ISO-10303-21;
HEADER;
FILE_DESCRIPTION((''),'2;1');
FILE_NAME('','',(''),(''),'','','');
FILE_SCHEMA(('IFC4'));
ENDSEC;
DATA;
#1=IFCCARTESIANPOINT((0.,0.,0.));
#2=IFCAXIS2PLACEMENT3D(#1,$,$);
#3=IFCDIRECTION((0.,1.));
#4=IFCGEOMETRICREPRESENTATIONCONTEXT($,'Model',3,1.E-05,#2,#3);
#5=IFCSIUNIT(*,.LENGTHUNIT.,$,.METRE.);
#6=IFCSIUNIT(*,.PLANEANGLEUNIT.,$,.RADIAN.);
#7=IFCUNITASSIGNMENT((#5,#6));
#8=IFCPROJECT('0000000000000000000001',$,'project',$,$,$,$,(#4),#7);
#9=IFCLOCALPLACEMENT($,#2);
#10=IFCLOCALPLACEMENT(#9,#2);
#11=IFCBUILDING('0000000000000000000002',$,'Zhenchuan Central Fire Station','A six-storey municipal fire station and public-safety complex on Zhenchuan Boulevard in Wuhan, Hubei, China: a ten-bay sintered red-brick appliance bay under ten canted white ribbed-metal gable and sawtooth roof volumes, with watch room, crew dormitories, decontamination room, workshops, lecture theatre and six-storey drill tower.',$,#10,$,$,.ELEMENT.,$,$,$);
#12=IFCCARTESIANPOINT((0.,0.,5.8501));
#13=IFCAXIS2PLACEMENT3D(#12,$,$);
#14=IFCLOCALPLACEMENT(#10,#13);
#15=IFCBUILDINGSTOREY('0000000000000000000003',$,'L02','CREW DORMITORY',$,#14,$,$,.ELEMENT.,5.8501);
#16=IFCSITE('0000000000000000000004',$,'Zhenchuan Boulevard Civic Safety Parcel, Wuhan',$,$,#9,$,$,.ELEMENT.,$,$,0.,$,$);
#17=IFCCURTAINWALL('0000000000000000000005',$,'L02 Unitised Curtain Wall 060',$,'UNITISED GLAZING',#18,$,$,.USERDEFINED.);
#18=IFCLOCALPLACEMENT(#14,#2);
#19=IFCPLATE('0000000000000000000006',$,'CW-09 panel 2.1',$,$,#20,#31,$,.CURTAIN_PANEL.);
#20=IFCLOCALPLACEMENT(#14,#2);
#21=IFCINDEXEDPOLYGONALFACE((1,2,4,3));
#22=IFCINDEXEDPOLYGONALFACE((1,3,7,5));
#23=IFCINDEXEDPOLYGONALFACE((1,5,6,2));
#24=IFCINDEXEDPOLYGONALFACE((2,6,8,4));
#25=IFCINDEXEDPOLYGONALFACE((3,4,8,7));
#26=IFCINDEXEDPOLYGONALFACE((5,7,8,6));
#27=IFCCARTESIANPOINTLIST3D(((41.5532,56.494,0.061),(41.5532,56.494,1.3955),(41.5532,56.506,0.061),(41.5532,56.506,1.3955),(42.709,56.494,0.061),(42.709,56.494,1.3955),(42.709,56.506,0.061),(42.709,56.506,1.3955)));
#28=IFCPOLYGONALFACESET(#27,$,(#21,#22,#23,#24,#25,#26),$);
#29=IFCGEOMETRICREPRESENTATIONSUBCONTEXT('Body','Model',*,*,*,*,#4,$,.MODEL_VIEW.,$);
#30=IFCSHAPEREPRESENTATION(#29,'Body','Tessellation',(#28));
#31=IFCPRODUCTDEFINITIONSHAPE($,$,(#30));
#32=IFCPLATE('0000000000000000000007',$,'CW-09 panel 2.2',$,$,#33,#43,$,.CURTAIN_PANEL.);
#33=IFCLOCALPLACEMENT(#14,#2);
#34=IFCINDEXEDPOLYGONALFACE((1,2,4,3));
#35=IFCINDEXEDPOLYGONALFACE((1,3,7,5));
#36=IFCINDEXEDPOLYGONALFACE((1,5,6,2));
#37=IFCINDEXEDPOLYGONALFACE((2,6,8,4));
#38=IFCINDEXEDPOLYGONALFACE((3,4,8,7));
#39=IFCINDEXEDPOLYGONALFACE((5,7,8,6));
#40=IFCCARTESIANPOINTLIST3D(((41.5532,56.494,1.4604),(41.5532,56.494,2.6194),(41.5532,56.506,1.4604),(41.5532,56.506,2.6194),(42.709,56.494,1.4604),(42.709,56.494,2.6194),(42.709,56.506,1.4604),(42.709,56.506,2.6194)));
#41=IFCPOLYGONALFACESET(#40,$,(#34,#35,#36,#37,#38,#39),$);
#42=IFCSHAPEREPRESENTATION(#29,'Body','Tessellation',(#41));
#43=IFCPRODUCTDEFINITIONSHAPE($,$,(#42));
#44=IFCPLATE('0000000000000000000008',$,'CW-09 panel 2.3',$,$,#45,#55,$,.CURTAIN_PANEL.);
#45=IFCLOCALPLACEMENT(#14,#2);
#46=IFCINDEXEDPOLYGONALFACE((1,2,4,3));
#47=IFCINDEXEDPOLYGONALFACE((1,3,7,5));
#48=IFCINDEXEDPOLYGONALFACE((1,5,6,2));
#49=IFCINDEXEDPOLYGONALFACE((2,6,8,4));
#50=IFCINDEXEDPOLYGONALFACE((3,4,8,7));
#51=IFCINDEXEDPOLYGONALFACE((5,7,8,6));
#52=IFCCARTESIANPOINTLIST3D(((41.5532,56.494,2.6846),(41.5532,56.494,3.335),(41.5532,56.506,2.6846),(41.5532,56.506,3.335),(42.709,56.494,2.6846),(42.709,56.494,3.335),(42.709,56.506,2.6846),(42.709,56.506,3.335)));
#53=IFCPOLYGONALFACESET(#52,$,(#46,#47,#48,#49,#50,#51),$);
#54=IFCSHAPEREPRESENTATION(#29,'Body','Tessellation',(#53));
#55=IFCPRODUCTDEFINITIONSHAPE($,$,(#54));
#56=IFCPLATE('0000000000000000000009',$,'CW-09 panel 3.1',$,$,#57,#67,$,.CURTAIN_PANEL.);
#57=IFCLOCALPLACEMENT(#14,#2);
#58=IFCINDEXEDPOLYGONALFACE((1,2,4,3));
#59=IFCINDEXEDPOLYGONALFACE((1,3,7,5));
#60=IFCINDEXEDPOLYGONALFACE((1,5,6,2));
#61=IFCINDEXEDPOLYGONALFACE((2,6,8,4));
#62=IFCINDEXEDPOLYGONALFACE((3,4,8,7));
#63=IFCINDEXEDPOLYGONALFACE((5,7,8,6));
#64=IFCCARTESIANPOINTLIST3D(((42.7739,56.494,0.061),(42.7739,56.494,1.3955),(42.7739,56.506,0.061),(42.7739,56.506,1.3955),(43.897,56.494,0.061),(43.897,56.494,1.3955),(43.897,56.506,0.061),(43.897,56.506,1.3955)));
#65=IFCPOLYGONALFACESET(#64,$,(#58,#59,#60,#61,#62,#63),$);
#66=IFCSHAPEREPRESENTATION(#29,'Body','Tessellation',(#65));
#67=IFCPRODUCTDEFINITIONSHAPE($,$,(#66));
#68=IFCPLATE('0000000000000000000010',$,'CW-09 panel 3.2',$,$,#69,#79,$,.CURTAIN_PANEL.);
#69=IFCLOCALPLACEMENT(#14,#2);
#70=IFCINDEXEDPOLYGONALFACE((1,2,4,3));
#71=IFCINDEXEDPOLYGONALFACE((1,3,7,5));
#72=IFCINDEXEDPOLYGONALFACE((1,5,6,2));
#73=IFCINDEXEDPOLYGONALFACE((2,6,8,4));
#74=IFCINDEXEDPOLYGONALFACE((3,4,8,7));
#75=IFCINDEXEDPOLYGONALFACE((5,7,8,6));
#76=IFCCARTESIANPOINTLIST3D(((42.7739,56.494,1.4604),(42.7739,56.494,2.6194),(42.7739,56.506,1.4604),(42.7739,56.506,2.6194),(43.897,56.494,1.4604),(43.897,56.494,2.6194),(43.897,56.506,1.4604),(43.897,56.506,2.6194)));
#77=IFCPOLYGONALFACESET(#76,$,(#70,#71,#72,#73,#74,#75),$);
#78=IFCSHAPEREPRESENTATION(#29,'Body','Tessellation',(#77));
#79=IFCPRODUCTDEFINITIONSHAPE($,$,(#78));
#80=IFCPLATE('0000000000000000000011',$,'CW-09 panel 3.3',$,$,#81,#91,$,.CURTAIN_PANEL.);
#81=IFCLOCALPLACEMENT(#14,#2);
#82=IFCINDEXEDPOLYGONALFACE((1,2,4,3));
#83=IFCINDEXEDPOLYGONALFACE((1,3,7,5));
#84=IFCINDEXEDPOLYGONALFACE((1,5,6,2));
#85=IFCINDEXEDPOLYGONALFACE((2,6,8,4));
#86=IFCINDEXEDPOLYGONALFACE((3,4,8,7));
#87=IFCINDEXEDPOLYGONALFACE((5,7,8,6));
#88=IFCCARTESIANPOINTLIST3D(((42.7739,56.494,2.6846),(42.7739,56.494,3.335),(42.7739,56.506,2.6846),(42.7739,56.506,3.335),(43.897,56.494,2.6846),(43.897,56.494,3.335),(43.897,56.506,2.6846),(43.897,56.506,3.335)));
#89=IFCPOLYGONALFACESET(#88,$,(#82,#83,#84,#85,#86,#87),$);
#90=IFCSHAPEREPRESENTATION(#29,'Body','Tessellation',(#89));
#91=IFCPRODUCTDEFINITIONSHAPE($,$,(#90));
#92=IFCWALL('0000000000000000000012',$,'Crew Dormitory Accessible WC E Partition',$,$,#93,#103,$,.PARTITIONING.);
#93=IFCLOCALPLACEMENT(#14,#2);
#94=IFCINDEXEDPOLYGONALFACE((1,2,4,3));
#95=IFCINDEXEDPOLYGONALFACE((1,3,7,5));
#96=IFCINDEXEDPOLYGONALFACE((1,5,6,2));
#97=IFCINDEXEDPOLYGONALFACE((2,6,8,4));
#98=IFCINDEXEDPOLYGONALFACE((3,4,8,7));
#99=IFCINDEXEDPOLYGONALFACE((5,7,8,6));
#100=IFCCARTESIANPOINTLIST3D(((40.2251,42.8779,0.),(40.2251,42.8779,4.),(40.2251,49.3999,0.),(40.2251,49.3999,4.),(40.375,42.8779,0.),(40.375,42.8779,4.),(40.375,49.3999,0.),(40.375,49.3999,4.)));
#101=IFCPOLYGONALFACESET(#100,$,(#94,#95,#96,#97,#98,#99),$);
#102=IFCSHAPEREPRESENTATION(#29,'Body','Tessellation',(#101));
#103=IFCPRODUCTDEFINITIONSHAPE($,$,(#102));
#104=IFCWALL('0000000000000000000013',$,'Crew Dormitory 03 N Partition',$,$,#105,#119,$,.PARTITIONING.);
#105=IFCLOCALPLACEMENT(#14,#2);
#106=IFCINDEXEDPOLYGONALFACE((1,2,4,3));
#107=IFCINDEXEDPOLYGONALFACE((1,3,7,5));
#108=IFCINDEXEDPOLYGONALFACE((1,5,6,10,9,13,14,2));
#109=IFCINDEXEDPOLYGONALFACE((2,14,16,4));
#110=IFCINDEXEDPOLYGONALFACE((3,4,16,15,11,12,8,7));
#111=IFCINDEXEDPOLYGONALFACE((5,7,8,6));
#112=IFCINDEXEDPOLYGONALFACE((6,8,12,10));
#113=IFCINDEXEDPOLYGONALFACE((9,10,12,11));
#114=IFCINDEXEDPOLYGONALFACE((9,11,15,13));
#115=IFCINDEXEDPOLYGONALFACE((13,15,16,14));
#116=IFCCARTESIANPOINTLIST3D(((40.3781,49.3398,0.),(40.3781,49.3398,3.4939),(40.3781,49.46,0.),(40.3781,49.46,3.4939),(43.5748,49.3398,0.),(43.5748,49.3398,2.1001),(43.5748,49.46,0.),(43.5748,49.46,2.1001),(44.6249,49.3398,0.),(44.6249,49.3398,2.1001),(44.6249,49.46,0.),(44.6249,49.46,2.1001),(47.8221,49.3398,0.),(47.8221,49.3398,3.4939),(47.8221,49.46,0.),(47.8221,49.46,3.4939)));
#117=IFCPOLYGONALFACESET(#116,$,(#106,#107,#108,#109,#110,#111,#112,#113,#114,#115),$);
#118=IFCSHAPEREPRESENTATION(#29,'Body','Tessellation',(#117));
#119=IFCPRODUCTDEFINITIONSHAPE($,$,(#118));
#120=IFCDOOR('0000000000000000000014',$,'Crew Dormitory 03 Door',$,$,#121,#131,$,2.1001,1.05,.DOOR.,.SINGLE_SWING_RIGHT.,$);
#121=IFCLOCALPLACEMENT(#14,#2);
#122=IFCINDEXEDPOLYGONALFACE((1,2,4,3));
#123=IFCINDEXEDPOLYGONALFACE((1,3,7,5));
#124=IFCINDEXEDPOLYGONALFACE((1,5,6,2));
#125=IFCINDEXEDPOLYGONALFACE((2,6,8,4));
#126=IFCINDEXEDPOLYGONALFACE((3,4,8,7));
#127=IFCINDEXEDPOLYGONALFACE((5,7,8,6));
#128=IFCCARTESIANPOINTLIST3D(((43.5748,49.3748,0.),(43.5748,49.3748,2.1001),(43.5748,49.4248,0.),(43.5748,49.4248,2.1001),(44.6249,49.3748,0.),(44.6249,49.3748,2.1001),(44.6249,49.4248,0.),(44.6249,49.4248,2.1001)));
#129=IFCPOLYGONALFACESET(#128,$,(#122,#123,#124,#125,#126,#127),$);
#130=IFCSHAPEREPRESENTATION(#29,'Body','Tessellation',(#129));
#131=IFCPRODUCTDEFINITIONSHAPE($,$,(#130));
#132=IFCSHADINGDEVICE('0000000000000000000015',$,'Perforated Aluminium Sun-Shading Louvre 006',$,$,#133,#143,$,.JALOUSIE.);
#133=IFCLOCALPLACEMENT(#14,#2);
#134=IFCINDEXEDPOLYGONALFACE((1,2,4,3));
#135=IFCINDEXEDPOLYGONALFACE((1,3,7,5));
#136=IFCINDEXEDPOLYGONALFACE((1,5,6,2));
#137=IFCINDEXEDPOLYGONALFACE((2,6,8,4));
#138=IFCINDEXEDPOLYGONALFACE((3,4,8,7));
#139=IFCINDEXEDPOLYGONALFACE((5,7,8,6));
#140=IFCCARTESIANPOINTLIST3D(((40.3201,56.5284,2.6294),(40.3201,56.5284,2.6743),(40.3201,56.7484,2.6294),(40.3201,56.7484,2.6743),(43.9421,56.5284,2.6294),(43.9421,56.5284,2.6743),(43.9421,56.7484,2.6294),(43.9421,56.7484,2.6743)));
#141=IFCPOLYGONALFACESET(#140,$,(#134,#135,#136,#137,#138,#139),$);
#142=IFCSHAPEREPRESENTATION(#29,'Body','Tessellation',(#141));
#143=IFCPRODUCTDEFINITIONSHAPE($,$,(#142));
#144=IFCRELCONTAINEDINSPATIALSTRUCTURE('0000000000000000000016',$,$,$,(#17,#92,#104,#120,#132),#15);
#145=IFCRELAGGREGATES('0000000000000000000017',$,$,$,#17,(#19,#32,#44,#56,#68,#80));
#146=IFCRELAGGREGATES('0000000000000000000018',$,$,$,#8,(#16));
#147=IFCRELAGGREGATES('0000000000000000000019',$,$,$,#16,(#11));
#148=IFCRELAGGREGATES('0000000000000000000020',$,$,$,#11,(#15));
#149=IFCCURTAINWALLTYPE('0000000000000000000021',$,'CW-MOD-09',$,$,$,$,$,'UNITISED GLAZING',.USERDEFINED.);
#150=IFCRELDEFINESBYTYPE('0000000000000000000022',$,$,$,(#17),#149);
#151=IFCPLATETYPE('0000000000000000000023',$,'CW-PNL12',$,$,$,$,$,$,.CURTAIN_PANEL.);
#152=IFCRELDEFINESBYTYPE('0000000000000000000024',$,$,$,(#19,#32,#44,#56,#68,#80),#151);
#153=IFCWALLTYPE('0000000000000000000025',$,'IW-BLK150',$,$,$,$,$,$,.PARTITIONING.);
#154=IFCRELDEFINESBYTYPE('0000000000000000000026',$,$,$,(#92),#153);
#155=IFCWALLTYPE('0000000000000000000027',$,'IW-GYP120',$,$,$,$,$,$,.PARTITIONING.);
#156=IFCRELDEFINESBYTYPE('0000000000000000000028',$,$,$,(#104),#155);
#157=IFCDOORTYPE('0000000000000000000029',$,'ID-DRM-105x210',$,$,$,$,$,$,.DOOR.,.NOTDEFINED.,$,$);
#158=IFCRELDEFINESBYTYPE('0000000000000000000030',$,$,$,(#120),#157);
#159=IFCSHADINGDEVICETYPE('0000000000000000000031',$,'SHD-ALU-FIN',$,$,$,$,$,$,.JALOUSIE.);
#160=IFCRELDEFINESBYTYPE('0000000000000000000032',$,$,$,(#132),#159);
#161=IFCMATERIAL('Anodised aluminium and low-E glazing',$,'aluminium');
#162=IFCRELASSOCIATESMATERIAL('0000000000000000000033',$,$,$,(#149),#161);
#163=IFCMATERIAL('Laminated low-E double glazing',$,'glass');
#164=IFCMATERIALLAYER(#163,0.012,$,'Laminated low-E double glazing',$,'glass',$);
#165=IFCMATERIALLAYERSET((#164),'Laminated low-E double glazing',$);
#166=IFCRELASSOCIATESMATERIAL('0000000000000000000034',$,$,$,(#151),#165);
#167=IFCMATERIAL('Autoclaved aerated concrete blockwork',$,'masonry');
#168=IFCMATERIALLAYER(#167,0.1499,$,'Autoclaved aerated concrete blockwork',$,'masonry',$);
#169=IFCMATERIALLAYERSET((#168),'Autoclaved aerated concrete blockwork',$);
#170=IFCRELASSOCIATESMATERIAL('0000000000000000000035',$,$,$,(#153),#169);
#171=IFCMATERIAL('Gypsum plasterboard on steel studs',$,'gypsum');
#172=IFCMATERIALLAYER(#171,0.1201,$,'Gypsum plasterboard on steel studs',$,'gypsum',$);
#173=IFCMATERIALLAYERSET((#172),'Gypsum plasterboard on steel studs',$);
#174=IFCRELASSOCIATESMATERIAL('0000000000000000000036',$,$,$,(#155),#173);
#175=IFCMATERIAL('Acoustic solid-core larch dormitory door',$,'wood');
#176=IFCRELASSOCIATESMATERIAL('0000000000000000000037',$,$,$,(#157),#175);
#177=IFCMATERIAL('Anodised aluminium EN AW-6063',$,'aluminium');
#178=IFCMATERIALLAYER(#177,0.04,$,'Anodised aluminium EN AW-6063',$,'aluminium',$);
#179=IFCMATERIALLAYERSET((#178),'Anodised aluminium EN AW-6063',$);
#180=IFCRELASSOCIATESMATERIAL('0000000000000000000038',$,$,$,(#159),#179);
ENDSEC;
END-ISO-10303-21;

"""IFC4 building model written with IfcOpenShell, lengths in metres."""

from ifc_helpers import new_model, si_unit, direction, frame, frame_2d, origin, origin_2d, place, context, subcontext, project, spatial, rectangle, extrude, material, layer, layer_set, type_object, element, fill, aggregate, save


model = new_model("IFC4")

# Units and contexts
model_context = context("Model", 3, precision=1e-05, world=origin(), true_north=direction((0.0, 1.0)))
body_context = subcontext(model_context, "Body", "Model", "MODEL_VIEW")
ifc_project = project(units=[si_unit("LENGTHUNIT", "METRE"), si_unit("PLANEANGLEUNIT", "RADIAN")], contexts=[model_context])

# Site, building, storey
site_placement = place(None, origin())
site = spatial("IfcSite", under=ifc_project, at=site_placement, Name="Zhenchuan Boulevard Civic Safety Parcel, Wuhan", CompositionType="ELEMENT", RefElevation=0.0)
building_placement = place(site_placement, origin())
building = spatial("IfcBuilding", under=site, at=building_placement, Name="Zhenchuan Central Fire Station", Description="A six-storey municipal fire station and public-safety complex on Zhenchuan Boulevard in Wuhan, Hubei, China: a ten-bay sintered red-brick appliance bay under ten canted white ribbed-metal gable and sawtooth roof volumes, with watch room, crew dormitories, decontamination room, workshops, lecture theatre and six-storey drill tower.", CompositionType="ELEMENT")
storey_placement = place(building_placement, frame((0.0, 0.0, 5.8501)))
storey = spatial("IfcBuildingStorey", under=building, at=storey_placement, Name="L02", Description="CREW DORMITORY", CompositionType="ELEMENT", Elevation=5.8501)

# Curtain wall
ifc_material_1 = material(Name="Anodised aluminium and low-E glazing", Category="aluminium")
curtain_wall_type_1 = type_object("IfcCurtainWallType", Name="CW-MOD-09", ElementType="UNITISED GLAZING", PredefinedType="USERDEFINED", material=ifc_material_1)
curtain_wall_1_placement = place(storey_placement, origin())
curtain_wall_1 = element("IfcCurtainWall", 1, at=curtain_wall_1_placement, inside=storey, type_object=curtain_wall_type_1, Name="L02 Unitised Curtain Wall 060", ObjectType="UNITISED GLAZING", PredefinedType="USERDEFINED")
ifc_material_2 = material(Name="Anodised aluminium EN AW-6063", Category="aluminium")

# Plates
ifc_material_3 = material(Name="Laminated low-E double glazing", Category="glass")
ifc_layer_1 = layer(ifc_material_3, 0.012, Name="Laminated low-E double glazing", Category="glass")
ifc_layer_set_1 = layer_set([ifc_layer_1], Name="Laminated low-E double glazing")
plate_type = type_object("IfcPlateType", Name="CW-PNL12", PredefinedType="CURTAIN_PANEL", material=ifc_layer_set_1)
plate_1_placement = place(storey_placement, frame((42.1311, 56.5, 0.061), z_axis=(0.0, 0.0, 1.0), x_axis=(1.0, 0.0, 0.0)))
plate_1 = element("IfcPlate", 2, at=plate_1_placement, type_object=plate_type, Name="CW-09 panel 2.1", PredefinedType="CURTAIN_PANEL", context=body_context, shape_type="SweptSolid", body=[
    extrude(rectangle(XDim=1.1558, YDim=0.012, at=origin_2d()), origin(), (0.0, 0.0, 1.0), 1.3345),
])
plate_2_placement = place(storey_placement, frame((42.1311, 56.5, 1.4604), z_axis=(0.0, 0.0, 1.0), x_axis=(1.0, 0.0, 0.0)))
plate_2 = element("IfcPlate", 3, at=plate_2_placement, type_object=plate_type, Name="CW-09 panel 2.2", PredefinedType="CURTAIN_PANEL", context=body_context, shape_type="SweptSolid", body=[
    extrude(rectangle(XDim=1.1558, YDim=0.012, at=origin_2d()), origin(), (0.0, 0.0, 1.0), 1.1589),
])
plate_3_placement = place(storey_placement, frame((42.1311, 56.5, 2.6846), z_axis=(0.0, 0.0, 1.0), x_axis=(1.0, 0.0, 0.0)))
plate_3 = element("IfcPlate", 4, at=plate_3_placement, type_object=plate_type, Name="CW-09 panel 2.3", PredefinedType="CURTAIN_PANEL", context=body_context, shape_type="SweptSolid", body=[
    extrude(rectangle(XDim=1.1558, YDim=0.012, at=origin_2d()), origin(), (0.0, 0.0, 1.0), 0.6504),
])
plate_4_placement = place(storey_placement, frame((43.3354, 56.5, 0.061), z_axis=(0.0, 0.0, 1.0), x_axis=(1.0, 0.0, 0.0)))
plate_4 = element("IfcPlate", 5, at=plate_4_placement, type_object=plate_type, Name="CW-09 panel 3.1", PredefinedType="CURTAIN_PANEL", context=body_context, shape_type="SweptSolid", body=[
    extrude(rectangle(XDim=1.123, YDim=0.012, at=origin_2d()), origin(), (0.0, 0.0, 1.0), 1.3345),
])
plate_5_placement = place(storey_placement, frame((43.3354, 56.5, 1.4604), z_axis=(0.0, 0.0, 1.0), x_axis=(1.0, 0.0, 0.0)))
plate_5 = element("IfcPlate", 6, at=plate_5_placement, type_object=plate_type, Name="CW-09 panel 3.2", PredefinedType="CURTAIN_PANEL", context=body_context, shape_type="SweptSolid", body=[
    extrude(rectangle(XDim=1.123, YDim=0.012, at=origin_2d()), origin(), (0.0, 0.0, 1.0), 1.1589),
])
plate_6_placement = place(storey_placement, frame((43.3354, 56.5, 2.6846), z_axis=(0.0, 0.0, 1.0), x_axis=(1.0, 0.0, 0.0)))
plate_6 = element("IfcPlate", 7, at=plate_6_placement, type_object=plate_type, Name="CW-09 panel 3.3", PredefinedType="CURTAIN_PANEL", context=body_context, shape_type="SweptSolid", body=[
    extrude(rectangle(XDim=1.123, YDim=0.012, at=origin_2d()), origin(), (0.0, 0.0, 1.0), 0.6504),
])
aggregate(curtain_wall_1, [plate_1, plate_2, plate_3, plate_4, plate_5, plate_6])

# Wall
ifc_material_4 = material(Name="Autoclaved aerated concrete blockwork", Category="masonry")
ifc_layer_2 = layer(ifc_material_4, 0.1499, Name="Autoclaved aerated concrete blockwork", Category="masonry")
ifc_layer_set_2 = layer_set([ifc_layer_2], Name="Autoclaved aerated concrete blockwork")
wall_type_1 = type_object("IfcWallType", Name="IW-BLK150", PredefinedType="PARTITIONING", material=ifc_layer_set_2)
wall_1_placement = place(storey_placement, frame((40.3, 42.8779, 0.0), z_axis=(0.0, 0.0, 1.0), x_axis=(0.0, 1.0, 0.0)))
element("IfcWall", 8, at=wall_1_placement, inside=storey, type_object=wall_type_1, Name="Crew Dormitory Accessible WC E Partition", PredefinedType="PARTITIONING", context=body_context, shape_type="SweptSolid", body=[
    extrude(rectangle(XDim=6.522, YDim=0.1499, at=frame_2d((3.261, 0.0))), origin(), (0.0, 0.0, 1.0), 4.0),
])

# Wall, opening, door
ifc_material_5 = material(Name="Gypsum plasterboard on steel studs", Category="gypsum")
ifc_layer_3 = layer(ifc_material_5, 0.1201, Name="Gypsum plasterboard on steel studs", Category="gypsum")
ifc_layer_set_3 = layer_set([ifc_layer_3], Name="Gypsum plasterboard on steel studs")
wall_type_2 = type_object("IfcWallType", Name="IW-GYP120", PredefinedType="PARTITIONING", material=ifc_layer_set_3)
wall_2_placement = place(storey_placement, frame((40.3779, 49.3999, 0.0), z_axis=(0.0, 0.0, 1.0), x_axis=(1.0, 0.0, 0.0)))
wall_2 = element("IfcWall", 9, at=wall_2_placement, inside=storey, type_object=wall_type_2, Name="Crew Dormitory 03 N Partition", PredefinedType="PARTITIONING", context=body_context, shape_type="SweptSolid", body=[
    extrude(rectangle(XDim=7.4441, YDim=0.1201, at=frame_2d((3.7222, 0.0))), origin(), (0.0, 0.0, 1.0), 3.4939),
])
opening_placement = place(wall_2_placement, frame((3.197, 0.0, 0.0)))
opening = element("IfcOpeningElement", 10, at=opening_placement, cuts=wall_2, PredefinedType="OPENING", context=body_context, shape_type="SweptSolid", body=[
    extrude(rectangle(XDim=1.05, YDim=2.1001, at=frame_2d((0.5249, 1.05))), frame((0.0, 0.0701, 0.0), z_axis=(0.0, -1.0, 0.0), x_axis=(1.0, 0.0, 0.0)), (0.0, 0.0, 1.0), 0.1401),
])
ifc_material_6 = material(Name="Acoustic solid-core larch dormitory door", Category="wood")
door_type = type_object("IfcDoorType", Name="ID-DRM-105x210", OperationType="NOTDEFINED", PredefinedType="DOOR", material=ifc_material_6)
door_placement = place(opening_placement, origin())
door = element("IfcDoor", 11, at=door_placement, inside=storey, type_object=door_type, Name="Crew Dormitory 03 Door", OperationType="SINGLE_SWING_RIGHT", OverallHeight=2.1001, OverallWidth=1.05, PredefinedType="DOOR", context=body_context, shape_type="SweptSolid", body=[
    extrude(rectangle(XDim=1.05, YDim=2.1001, at=frame_2d((0.5249, 1.05))), frame((0.0, 0.0249, 0.0), z_axis=(0.0, -1.0, 0.0), x_axis=(1.0, 0.0, 0.0)), (0.0, 0.0, 1.0), 0.05),
])
fill(opening, door)

# Shading device
ifc_layer_4 = layer(ifc_material_2, 0.04, Name="Anodised aluminium EN AW-6063", Category="aluminium")
ifc_layer_set_4 = layer_set([ifc_layer_4], Name="Anodised aluminium EN AW-6063")
shading_device_type = type_object("IfcShadingDeviceType", Name="SHD-ALU-FIN", PredefinedType="JALOUSIE", material=ifc_layer_set_4)
shading_device_placement = place(storey_placement, frame((42.1311, 56.6384, 2.6294), z_axis=(0.0, 0.0, 1.0), x_axis=(1.0, 0.0, 0.0)))
element("IfcShadingDevice", 12, at=shading_device_placement, inside=storey, type_object=shading_device_type, Name="Perforated Aluminium Sun-Shading Louvre 006", PredefinedType="JALOUSIE", context=body_context, shape_type="SweptSolid", body=[
    extrude(rectangle(XDim=3.6221, YDim=0.22, at=origin_2d()), origin(), (0.0, 0.0, 1.0), 0.0449),
])

save(model, "model.ifc")
